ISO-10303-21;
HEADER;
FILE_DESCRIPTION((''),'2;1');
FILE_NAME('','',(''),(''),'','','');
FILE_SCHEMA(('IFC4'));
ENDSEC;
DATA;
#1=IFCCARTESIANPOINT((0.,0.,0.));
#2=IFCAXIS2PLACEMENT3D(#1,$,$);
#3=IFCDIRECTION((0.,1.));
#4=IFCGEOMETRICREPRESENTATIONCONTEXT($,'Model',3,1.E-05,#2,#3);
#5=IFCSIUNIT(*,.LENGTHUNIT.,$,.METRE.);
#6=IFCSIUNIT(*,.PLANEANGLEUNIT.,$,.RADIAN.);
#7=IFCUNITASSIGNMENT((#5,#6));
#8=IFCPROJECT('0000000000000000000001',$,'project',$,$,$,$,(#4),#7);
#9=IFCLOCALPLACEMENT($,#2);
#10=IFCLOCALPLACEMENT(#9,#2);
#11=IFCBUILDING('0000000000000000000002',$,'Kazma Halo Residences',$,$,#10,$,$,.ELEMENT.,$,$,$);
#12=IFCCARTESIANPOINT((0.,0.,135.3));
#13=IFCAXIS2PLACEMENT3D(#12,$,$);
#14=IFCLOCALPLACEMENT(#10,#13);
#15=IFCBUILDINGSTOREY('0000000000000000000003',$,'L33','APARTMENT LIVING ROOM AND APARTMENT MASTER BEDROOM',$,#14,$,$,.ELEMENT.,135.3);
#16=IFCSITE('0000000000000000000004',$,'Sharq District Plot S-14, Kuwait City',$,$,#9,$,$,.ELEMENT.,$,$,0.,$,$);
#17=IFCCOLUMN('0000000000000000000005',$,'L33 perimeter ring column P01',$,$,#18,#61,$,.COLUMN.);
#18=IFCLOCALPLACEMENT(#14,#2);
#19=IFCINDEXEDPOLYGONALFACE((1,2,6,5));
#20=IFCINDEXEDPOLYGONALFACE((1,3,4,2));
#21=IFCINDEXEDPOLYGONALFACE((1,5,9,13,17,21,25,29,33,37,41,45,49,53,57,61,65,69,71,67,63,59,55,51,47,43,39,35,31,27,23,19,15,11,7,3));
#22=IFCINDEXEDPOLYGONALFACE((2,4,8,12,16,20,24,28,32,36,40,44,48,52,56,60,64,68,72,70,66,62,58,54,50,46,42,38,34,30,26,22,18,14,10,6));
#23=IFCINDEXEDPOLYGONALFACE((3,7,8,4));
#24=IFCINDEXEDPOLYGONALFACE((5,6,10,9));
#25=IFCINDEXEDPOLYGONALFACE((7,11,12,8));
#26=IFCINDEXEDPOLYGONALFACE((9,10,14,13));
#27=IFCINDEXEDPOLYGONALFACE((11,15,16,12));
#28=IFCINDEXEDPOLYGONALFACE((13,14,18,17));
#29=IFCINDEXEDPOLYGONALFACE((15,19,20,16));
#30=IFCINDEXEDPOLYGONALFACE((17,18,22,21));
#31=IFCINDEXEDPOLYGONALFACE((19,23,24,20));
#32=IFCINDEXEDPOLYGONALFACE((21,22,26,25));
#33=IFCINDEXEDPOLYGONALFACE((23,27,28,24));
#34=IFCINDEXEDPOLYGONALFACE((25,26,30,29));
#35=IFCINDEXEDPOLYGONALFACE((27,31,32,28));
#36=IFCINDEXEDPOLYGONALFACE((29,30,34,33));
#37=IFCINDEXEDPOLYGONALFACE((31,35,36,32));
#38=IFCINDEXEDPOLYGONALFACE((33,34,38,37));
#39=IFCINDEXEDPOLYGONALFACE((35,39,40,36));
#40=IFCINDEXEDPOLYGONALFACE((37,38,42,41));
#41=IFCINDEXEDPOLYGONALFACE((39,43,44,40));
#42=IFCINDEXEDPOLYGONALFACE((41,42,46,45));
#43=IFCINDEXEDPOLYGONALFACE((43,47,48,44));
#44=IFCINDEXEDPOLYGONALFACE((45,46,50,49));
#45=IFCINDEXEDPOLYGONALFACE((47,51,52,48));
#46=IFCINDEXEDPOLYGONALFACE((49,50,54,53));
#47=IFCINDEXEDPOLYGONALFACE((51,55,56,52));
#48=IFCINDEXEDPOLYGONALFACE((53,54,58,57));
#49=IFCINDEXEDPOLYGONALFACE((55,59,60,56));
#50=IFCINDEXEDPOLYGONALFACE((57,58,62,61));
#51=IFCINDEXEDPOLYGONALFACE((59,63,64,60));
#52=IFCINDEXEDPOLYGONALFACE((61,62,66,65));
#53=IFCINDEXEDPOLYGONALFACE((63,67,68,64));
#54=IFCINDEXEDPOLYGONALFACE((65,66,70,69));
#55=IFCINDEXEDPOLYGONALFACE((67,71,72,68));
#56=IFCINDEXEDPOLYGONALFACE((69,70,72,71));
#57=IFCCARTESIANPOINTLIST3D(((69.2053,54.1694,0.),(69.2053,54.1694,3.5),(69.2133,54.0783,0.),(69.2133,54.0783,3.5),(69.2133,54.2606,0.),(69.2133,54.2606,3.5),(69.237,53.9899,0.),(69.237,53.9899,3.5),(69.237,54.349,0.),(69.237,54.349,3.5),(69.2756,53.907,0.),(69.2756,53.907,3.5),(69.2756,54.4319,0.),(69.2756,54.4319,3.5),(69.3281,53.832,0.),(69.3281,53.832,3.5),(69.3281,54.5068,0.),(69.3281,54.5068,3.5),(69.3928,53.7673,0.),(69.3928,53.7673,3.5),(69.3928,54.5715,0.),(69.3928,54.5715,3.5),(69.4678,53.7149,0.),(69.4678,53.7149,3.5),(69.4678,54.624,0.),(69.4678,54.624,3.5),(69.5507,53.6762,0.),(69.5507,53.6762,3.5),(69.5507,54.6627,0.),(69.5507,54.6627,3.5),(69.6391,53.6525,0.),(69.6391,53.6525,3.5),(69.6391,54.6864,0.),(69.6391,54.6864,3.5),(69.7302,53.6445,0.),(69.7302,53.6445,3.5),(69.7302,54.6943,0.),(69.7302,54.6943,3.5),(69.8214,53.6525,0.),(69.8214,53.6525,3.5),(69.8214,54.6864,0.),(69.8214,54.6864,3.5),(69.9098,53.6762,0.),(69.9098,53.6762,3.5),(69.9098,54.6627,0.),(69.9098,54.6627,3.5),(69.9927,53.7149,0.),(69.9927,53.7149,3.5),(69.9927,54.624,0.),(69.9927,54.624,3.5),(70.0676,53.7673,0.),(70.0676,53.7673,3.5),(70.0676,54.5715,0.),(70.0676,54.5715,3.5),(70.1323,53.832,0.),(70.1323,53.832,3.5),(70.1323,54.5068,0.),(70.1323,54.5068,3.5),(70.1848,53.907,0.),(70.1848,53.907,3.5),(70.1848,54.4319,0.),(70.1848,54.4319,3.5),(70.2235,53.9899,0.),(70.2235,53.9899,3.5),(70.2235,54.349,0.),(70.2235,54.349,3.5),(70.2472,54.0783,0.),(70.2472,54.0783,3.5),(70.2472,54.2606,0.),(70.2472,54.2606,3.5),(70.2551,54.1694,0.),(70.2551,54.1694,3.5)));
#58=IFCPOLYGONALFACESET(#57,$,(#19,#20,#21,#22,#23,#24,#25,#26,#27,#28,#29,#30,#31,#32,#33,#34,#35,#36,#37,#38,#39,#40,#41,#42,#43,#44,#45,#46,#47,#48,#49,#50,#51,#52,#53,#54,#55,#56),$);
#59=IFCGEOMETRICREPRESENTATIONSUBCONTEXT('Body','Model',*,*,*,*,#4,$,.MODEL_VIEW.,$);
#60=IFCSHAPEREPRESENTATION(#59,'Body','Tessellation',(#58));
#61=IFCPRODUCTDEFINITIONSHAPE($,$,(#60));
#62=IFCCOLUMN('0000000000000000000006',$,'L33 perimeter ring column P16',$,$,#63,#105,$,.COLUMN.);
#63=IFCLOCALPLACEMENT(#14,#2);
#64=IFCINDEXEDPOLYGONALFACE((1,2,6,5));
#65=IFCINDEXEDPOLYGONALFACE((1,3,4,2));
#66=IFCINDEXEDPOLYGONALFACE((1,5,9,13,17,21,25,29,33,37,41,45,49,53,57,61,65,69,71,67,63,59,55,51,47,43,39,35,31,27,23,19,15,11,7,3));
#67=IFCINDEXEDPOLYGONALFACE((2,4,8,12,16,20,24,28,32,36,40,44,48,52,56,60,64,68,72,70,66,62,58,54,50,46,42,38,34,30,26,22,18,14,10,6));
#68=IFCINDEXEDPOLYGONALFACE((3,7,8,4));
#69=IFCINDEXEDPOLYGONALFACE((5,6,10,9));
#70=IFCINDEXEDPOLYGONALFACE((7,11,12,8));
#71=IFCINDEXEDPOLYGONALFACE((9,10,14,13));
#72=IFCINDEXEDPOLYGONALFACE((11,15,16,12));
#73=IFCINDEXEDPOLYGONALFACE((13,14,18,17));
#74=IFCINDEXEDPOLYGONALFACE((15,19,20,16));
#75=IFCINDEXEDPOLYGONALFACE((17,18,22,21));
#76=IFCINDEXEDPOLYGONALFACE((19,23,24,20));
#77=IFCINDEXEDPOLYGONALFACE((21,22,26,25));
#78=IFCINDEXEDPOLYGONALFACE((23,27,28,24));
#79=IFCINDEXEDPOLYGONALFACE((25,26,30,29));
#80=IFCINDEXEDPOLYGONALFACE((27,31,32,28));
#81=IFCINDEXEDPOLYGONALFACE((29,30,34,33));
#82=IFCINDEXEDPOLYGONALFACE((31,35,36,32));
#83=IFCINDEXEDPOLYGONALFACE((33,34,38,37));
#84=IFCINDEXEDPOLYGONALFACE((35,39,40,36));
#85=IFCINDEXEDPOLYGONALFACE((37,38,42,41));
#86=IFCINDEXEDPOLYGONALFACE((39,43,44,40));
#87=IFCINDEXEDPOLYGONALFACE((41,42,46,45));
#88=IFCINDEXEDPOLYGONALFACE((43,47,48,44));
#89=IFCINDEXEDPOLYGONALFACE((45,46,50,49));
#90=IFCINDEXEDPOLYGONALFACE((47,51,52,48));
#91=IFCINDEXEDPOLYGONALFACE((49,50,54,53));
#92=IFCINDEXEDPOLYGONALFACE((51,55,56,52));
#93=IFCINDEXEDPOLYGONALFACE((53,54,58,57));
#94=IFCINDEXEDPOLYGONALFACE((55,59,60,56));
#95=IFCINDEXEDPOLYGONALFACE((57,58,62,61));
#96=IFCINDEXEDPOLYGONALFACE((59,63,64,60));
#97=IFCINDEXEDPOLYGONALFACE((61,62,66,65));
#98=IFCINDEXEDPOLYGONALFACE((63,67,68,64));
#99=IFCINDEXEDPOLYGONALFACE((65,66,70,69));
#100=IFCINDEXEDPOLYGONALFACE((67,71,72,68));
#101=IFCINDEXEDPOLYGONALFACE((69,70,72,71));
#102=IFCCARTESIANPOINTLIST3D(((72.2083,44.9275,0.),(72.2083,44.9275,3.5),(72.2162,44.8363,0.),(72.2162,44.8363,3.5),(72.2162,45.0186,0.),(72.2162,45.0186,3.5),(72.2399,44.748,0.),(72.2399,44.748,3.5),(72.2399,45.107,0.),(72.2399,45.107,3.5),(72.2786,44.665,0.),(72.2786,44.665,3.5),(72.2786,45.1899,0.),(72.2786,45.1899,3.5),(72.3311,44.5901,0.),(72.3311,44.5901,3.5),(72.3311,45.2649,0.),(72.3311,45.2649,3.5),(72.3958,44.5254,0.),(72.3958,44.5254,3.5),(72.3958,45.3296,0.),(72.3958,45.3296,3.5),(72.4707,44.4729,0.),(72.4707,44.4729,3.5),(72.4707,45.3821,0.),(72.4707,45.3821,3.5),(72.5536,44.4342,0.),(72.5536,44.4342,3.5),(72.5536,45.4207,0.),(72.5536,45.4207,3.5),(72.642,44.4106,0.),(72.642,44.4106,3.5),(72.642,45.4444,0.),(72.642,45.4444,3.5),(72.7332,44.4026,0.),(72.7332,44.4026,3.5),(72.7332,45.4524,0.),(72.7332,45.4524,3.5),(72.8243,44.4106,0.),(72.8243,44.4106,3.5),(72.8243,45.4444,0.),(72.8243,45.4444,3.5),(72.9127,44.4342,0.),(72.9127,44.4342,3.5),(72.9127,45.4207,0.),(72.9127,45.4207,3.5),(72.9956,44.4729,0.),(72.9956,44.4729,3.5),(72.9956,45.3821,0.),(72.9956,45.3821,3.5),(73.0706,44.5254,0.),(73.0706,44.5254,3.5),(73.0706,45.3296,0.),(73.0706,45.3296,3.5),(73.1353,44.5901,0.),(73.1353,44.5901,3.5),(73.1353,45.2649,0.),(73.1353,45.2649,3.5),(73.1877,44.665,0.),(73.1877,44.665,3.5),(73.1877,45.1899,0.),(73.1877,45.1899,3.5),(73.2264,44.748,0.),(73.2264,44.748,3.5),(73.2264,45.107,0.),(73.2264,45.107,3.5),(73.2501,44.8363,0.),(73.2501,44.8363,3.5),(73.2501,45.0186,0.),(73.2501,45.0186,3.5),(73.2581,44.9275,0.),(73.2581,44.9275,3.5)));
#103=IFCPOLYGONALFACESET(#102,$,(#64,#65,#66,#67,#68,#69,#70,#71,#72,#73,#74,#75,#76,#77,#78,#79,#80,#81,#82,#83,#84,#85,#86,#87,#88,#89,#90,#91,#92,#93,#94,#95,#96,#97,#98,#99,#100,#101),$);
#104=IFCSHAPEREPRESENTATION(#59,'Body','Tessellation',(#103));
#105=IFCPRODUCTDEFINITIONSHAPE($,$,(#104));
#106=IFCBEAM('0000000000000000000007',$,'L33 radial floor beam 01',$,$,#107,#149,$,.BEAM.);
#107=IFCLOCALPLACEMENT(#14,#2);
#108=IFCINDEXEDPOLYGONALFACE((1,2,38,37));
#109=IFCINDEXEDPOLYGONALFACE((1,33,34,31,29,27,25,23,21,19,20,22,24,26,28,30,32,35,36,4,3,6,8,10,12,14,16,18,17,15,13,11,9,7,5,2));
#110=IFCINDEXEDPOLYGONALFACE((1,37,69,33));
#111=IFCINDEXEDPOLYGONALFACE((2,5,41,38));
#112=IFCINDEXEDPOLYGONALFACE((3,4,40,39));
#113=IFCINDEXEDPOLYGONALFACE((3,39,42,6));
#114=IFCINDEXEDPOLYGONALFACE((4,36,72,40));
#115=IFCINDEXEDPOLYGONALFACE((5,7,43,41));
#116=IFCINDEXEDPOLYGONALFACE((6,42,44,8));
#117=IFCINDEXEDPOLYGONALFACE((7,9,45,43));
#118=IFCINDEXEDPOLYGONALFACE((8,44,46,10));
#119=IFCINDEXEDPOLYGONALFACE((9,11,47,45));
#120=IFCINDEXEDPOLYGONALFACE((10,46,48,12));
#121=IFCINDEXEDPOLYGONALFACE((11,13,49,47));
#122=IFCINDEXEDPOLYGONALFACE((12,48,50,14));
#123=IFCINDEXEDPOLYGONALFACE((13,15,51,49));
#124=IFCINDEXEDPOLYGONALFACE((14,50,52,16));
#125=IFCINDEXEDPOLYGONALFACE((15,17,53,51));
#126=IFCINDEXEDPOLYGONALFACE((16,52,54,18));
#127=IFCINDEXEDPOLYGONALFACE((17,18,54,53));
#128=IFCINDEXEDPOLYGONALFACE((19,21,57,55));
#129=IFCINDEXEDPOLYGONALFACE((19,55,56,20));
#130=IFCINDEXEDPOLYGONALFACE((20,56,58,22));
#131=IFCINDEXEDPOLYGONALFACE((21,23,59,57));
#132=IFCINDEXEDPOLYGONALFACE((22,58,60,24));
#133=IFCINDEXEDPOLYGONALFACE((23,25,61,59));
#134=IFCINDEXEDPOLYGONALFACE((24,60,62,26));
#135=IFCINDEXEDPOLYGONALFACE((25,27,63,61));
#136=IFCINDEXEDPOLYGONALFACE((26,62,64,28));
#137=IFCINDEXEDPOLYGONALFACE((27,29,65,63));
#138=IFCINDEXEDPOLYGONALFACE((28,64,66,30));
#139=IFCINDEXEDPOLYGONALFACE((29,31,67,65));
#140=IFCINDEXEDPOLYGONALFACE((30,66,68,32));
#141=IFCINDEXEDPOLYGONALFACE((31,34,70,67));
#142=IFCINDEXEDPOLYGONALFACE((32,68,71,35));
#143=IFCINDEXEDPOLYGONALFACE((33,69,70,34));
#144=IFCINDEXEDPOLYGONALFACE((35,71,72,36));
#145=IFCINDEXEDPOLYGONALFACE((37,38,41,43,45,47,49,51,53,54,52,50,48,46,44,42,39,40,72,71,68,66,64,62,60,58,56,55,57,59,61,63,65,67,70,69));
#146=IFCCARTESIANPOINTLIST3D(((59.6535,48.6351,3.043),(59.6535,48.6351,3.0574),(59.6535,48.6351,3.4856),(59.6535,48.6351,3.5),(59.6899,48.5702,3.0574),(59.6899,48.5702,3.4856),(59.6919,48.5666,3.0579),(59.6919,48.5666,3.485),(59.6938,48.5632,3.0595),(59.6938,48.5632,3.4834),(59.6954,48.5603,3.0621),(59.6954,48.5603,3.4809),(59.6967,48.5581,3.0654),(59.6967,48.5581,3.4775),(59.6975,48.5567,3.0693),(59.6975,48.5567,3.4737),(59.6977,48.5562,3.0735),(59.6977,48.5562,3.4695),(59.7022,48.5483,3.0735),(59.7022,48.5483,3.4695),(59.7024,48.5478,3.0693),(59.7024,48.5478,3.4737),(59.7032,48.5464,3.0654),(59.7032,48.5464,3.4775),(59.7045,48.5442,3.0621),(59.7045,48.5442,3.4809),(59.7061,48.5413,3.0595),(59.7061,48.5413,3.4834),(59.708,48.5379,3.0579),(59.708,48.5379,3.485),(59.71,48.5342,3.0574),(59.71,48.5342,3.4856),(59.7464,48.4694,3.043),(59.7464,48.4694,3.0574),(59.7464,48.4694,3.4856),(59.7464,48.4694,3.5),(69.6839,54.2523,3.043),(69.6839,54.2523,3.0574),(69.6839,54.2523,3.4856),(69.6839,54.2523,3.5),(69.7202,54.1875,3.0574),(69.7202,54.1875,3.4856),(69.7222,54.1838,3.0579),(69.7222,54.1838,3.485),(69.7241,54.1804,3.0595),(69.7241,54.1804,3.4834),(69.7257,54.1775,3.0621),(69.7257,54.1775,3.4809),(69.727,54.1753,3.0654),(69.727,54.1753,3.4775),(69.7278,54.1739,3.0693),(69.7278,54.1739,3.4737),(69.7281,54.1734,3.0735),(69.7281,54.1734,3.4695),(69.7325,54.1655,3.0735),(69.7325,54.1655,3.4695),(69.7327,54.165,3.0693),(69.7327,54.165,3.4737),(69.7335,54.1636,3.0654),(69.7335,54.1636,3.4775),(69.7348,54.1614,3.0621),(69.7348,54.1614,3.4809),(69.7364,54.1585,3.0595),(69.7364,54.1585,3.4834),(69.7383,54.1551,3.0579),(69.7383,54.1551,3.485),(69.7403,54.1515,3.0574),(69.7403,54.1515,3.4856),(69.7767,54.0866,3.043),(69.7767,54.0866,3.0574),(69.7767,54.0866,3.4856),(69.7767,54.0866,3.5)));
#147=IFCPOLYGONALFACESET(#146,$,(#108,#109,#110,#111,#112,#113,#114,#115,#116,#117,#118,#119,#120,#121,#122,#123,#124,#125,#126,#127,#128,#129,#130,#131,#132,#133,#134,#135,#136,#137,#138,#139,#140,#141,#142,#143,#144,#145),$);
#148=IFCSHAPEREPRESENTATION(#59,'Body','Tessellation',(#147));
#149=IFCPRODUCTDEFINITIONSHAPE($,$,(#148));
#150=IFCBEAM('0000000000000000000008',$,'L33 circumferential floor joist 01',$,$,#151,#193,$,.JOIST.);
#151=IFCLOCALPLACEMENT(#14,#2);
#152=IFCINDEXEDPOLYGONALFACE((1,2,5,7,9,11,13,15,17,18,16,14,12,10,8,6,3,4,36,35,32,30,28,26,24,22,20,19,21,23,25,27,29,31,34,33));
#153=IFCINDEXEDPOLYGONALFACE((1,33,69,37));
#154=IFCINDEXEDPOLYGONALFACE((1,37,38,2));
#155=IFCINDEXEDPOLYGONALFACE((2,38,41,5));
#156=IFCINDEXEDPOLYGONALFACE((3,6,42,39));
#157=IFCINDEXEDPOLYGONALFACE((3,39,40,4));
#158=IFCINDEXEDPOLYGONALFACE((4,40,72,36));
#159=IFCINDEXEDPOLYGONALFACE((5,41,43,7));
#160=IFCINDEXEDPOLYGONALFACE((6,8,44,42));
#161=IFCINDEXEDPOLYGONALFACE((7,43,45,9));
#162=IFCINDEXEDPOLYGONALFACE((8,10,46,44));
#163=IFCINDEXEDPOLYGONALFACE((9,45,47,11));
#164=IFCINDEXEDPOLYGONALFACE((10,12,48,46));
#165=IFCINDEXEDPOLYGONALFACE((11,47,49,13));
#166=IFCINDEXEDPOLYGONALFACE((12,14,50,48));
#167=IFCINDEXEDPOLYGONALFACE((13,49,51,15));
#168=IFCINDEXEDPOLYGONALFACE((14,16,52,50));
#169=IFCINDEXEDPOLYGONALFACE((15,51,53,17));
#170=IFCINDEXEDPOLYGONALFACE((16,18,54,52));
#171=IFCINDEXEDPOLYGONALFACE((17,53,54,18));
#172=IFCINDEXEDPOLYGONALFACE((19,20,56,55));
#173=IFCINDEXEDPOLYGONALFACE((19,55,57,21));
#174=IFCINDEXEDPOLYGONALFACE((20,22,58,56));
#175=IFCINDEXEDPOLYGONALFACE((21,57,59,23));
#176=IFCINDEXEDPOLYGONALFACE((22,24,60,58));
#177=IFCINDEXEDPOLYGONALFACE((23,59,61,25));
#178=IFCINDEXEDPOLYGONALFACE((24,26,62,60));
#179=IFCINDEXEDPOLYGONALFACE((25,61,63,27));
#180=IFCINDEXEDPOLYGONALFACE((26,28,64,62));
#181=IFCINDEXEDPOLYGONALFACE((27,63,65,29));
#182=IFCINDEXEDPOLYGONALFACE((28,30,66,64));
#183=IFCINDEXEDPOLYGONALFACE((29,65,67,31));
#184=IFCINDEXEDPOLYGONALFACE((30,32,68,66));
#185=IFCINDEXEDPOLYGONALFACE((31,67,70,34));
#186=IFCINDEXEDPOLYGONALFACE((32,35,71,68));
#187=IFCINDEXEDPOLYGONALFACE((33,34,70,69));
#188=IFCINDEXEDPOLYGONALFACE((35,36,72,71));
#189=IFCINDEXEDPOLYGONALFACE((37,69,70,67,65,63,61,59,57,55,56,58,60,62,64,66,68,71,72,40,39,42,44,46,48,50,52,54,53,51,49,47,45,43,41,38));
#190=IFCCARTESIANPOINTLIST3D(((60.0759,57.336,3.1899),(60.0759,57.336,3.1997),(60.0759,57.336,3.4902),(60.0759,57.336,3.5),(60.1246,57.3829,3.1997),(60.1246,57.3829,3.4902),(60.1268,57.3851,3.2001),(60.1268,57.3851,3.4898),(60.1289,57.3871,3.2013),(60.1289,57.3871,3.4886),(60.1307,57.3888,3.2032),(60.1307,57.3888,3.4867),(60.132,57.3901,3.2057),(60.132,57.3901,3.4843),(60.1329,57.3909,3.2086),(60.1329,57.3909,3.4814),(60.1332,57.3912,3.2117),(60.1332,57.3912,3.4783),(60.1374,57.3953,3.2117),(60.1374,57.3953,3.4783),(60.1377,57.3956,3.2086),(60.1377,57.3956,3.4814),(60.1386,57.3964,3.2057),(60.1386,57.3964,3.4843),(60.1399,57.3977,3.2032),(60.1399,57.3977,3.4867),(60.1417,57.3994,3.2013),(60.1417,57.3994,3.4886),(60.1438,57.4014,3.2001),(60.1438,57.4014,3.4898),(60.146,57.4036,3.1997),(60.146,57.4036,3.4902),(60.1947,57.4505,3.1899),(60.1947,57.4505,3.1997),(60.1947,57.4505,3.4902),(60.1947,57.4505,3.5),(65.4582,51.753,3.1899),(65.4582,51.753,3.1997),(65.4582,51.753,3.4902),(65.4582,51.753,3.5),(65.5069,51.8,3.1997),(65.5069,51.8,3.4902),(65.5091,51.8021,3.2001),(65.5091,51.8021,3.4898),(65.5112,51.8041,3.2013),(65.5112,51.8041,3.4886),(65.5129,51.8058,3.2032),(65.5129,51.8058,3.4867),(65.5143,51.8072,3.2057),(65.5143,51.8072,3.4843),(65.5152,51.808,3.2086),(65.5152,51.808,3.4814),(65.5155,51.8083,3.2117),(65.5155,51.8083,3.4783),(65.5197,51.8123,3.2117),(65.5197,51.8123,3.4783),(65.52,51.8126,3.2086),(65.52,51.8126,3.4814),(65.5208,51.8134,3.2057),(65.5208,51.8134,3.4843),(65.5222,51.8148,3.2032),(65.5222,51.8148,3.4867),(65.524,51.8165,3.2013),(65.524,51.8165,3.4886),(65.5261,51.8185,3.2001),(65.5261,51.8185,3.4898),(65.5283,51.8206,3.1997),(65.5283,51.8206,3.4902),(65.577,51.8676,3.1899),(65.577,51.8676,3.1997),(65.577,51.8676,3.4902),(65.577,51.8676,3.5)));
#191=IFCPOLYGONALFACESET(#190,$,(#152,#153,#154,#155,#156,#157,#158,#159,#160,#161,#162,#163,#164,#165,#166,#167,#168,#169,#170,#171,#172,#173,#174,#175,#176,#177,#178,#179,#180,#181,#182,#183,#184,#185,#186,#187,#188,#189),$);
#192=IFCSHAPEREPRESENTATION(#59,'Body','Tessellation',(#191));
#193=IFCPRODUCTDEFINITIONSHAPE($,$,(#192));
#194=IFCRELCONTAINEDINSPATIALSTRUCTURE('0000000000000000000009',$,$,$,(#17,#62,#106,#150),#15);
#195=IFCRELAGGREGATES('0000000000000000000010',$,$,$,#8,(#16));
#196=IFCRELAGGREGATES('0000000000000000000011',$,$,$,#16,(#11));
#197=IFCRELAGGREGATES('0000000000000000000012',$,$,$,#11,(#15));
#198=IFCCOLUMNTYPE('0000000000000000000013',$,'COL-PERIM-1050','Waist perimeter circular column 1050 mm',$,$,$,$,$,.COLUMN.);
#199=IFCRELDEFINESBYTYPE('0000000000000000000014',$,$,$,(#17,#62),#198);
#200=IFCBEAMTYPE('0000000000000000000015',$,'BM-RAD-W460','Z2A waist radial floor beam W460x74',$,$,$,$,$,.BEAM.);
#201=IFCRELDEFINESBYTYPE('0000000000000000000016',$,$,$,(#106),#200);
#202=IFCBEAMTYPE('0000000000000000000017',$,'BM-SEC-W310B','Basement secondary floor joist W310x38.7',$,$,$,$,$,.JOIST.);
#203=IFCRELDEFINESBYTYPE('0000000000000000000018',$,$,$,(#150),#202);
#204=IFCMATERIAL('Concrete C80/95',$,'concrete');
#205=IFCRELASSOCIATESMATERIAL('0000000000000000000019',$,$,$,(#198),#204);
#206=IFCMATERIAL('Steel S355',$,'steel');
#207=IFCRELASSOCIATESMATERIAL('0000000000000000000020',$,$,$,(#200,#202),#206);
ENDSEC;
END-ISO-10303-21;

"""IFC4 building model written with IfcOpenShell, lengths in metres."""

from ifc_helpers import new_model, si_unit, direction, frame, origin, origin_2d, place, context, subcontext, project, spatial, circle, i_section, extrude, material, material_profile, profile_set, type_object, element, save


model = new_model("IFC4")

# Units and contexts
model_context = context("Model", 3, precision=1e-05, world=origin(), true_north=direction((0.0, 1.0)))
body_context = subcontext(model_context, "Body", "Model", "MODEL_VIEW")
ifc_project = project(units=[si_unit("LENGTHUNIT", "METRE"), si_unit("PLANEANGLEUNIT", "RADIAN")], contexts=[model_context])

# Site, building, storey
site_placement = place(None, origin())
site = spatial("IfcSite", under=ifc_project, at=site_placement, Name="Sharq District Plot S-14, Kuwait City", CompositionType="ELEMENT", RefElevation=0.0)
building_placement = place(site_placement, origin())
building = spatial("IfcBuilding", under=site, at=building_placement, Name="Kazma Halo Residences", CompositionType="ELEMENT")
storey_placement = place(building_placement, frame((0.0, 0.0, 135.3)))
storey = spatial("IfcBuildingStorey", under=building, at=storey_placement, Name="L33", Description="APARTMENT LIVING ROOM AND APARTMENT MASTER BEDROOM", CompositionType="ELEMENT", Elevation=135.3)

# Columns
ifc_material_1 = material(Name="Concrete C80/95", Category="concrete")
ifc_material_profile_1 = material_profile(ifc_material_1, circle(Radius=0.5249, at=origin_2d()), Name="CIRC1050")
ifc_profile_set_1 = profile_set([ifc_material_profile_1], Name="Concrete C80/95")
column_type = type_object("IfcColumnType", Name="COL-PERIM-1050", Description="Waist perimeter circular column 1050 mm", PredefinedType="COLUMN", material=ifc_profile_set_1)
for number, where, z_axis, x_axis, name in (
    (1, (69.7302, 54.1694, 0.0), (0.0, 0.0, 1.0), (1.0, 0.0, 0.0), "L33 perimeter ring column P01"),
    (2, (72.7332, 44.9275, 0.0), (0.0, 0.0, 1.0), (1.0, 0.0, 0.0), "L33 perimeter ring column P16"),
):
    element("IfcColumn", number, at=place(storey_placement, frame(where, z_axis=z_axis, x_axis=x_axis)), inside=storey, type_object=column_type, Name=name, PredefinedType="COLUMN", context=body_context, shape_type="SweptSolid", body=[
        extrude(circle(Radius=0.5249, at=origin_2d()), origin(), (0.0, 0.0, 1.0), 3.5),
    ])

# Beams
ifc_material_2 = material(Name="Steel S355", Category="steel")
ifc_material_profile_2 = material_profile(ifc_material_2, i_section(OverallWidth=0.1899, OverallDepth=0.457, WebThickness=0.009, FlangeThickness=0.0144, FilletRadius=0.0161, at=origin_2d()), Name="W460x74")
ifc_profile_set_2 = profile_set([ifc_material_profile_2], Name="Steel S355")
beam_type_1 = type_object("IfcBeamType", Name="BM-RAD-W460", Description="Z2A waist radial floor beam W460x74", PredefinedType="BEAM", material=ifc_profile_set_2)
beam_1_placement = place(storey_placement, frame((59.7, 48.5522, 3.2715), z_axis=(0.872497, 0.488619, 0.0), x_axis=(-0.488619, 0.872497, 0.0)))
element("IfcBeam", 3, at=beam_1_placement, inside=storey, type_object=beam_type_1, Name="L33 radial floor beam 01", PredefinedType="BEAM", context=body_context, shape_type="SweptSolid", body=[
    extrude(i_section(OverallWidth=0.1899, OverallDepth=0.457, WebThickness=0.009, FlangeThickness=0.0144, FilletRadius=0.0161, at=origin_2d()), origin(), (0.0, 0.0, 1.0), 11.4961),
])
ifc_material_profile_3 = material_profile(ifc_material_2, i_section(OverallWidth=0.165, OverallDepth=0.3101, WebThickness=0.0059, FlangeThickness=0.0098, FilletRadius=0.012, at=origin_2d()), Name="W310x38.7")
ifc_profile_set_3 = profile_set([ifc_material_profile_3], Name="Steel S355")
beam_type_2 = type_object("IfcBeamType", Name="BM-SEC-W310B", Description="Basement secondary floor joist W310x38.7", PredefinedType="JOIST", material=ifc_profile_set_3)
beam_2_placement = place(storey_placement, frame((65.5176, 51.8103, 3.345), z_axis=(-0.694049, 0.719927, 0.0), x_axis=(-0.719927, -0.694049, 0.0)))
element("IfcBeam", 4, at=beam_2_placement, inside=storey, type_object=beam_type_2, Name="L33 circumferential floor joist 01", PredefinedType="JOIST", context=body_context, shape_type="SweptSolid", body=[
    extrude(i_section(OverallWidth=0.165, OverallDepth=0.3101, WebThickness=0.0059, FlangeThickness=0.0098, FilletRadius=0.012, at=origin_2d()), origin(), (0.0, 0.0, 1.0), 7.7549),
])

save(model, "model.ifc")
